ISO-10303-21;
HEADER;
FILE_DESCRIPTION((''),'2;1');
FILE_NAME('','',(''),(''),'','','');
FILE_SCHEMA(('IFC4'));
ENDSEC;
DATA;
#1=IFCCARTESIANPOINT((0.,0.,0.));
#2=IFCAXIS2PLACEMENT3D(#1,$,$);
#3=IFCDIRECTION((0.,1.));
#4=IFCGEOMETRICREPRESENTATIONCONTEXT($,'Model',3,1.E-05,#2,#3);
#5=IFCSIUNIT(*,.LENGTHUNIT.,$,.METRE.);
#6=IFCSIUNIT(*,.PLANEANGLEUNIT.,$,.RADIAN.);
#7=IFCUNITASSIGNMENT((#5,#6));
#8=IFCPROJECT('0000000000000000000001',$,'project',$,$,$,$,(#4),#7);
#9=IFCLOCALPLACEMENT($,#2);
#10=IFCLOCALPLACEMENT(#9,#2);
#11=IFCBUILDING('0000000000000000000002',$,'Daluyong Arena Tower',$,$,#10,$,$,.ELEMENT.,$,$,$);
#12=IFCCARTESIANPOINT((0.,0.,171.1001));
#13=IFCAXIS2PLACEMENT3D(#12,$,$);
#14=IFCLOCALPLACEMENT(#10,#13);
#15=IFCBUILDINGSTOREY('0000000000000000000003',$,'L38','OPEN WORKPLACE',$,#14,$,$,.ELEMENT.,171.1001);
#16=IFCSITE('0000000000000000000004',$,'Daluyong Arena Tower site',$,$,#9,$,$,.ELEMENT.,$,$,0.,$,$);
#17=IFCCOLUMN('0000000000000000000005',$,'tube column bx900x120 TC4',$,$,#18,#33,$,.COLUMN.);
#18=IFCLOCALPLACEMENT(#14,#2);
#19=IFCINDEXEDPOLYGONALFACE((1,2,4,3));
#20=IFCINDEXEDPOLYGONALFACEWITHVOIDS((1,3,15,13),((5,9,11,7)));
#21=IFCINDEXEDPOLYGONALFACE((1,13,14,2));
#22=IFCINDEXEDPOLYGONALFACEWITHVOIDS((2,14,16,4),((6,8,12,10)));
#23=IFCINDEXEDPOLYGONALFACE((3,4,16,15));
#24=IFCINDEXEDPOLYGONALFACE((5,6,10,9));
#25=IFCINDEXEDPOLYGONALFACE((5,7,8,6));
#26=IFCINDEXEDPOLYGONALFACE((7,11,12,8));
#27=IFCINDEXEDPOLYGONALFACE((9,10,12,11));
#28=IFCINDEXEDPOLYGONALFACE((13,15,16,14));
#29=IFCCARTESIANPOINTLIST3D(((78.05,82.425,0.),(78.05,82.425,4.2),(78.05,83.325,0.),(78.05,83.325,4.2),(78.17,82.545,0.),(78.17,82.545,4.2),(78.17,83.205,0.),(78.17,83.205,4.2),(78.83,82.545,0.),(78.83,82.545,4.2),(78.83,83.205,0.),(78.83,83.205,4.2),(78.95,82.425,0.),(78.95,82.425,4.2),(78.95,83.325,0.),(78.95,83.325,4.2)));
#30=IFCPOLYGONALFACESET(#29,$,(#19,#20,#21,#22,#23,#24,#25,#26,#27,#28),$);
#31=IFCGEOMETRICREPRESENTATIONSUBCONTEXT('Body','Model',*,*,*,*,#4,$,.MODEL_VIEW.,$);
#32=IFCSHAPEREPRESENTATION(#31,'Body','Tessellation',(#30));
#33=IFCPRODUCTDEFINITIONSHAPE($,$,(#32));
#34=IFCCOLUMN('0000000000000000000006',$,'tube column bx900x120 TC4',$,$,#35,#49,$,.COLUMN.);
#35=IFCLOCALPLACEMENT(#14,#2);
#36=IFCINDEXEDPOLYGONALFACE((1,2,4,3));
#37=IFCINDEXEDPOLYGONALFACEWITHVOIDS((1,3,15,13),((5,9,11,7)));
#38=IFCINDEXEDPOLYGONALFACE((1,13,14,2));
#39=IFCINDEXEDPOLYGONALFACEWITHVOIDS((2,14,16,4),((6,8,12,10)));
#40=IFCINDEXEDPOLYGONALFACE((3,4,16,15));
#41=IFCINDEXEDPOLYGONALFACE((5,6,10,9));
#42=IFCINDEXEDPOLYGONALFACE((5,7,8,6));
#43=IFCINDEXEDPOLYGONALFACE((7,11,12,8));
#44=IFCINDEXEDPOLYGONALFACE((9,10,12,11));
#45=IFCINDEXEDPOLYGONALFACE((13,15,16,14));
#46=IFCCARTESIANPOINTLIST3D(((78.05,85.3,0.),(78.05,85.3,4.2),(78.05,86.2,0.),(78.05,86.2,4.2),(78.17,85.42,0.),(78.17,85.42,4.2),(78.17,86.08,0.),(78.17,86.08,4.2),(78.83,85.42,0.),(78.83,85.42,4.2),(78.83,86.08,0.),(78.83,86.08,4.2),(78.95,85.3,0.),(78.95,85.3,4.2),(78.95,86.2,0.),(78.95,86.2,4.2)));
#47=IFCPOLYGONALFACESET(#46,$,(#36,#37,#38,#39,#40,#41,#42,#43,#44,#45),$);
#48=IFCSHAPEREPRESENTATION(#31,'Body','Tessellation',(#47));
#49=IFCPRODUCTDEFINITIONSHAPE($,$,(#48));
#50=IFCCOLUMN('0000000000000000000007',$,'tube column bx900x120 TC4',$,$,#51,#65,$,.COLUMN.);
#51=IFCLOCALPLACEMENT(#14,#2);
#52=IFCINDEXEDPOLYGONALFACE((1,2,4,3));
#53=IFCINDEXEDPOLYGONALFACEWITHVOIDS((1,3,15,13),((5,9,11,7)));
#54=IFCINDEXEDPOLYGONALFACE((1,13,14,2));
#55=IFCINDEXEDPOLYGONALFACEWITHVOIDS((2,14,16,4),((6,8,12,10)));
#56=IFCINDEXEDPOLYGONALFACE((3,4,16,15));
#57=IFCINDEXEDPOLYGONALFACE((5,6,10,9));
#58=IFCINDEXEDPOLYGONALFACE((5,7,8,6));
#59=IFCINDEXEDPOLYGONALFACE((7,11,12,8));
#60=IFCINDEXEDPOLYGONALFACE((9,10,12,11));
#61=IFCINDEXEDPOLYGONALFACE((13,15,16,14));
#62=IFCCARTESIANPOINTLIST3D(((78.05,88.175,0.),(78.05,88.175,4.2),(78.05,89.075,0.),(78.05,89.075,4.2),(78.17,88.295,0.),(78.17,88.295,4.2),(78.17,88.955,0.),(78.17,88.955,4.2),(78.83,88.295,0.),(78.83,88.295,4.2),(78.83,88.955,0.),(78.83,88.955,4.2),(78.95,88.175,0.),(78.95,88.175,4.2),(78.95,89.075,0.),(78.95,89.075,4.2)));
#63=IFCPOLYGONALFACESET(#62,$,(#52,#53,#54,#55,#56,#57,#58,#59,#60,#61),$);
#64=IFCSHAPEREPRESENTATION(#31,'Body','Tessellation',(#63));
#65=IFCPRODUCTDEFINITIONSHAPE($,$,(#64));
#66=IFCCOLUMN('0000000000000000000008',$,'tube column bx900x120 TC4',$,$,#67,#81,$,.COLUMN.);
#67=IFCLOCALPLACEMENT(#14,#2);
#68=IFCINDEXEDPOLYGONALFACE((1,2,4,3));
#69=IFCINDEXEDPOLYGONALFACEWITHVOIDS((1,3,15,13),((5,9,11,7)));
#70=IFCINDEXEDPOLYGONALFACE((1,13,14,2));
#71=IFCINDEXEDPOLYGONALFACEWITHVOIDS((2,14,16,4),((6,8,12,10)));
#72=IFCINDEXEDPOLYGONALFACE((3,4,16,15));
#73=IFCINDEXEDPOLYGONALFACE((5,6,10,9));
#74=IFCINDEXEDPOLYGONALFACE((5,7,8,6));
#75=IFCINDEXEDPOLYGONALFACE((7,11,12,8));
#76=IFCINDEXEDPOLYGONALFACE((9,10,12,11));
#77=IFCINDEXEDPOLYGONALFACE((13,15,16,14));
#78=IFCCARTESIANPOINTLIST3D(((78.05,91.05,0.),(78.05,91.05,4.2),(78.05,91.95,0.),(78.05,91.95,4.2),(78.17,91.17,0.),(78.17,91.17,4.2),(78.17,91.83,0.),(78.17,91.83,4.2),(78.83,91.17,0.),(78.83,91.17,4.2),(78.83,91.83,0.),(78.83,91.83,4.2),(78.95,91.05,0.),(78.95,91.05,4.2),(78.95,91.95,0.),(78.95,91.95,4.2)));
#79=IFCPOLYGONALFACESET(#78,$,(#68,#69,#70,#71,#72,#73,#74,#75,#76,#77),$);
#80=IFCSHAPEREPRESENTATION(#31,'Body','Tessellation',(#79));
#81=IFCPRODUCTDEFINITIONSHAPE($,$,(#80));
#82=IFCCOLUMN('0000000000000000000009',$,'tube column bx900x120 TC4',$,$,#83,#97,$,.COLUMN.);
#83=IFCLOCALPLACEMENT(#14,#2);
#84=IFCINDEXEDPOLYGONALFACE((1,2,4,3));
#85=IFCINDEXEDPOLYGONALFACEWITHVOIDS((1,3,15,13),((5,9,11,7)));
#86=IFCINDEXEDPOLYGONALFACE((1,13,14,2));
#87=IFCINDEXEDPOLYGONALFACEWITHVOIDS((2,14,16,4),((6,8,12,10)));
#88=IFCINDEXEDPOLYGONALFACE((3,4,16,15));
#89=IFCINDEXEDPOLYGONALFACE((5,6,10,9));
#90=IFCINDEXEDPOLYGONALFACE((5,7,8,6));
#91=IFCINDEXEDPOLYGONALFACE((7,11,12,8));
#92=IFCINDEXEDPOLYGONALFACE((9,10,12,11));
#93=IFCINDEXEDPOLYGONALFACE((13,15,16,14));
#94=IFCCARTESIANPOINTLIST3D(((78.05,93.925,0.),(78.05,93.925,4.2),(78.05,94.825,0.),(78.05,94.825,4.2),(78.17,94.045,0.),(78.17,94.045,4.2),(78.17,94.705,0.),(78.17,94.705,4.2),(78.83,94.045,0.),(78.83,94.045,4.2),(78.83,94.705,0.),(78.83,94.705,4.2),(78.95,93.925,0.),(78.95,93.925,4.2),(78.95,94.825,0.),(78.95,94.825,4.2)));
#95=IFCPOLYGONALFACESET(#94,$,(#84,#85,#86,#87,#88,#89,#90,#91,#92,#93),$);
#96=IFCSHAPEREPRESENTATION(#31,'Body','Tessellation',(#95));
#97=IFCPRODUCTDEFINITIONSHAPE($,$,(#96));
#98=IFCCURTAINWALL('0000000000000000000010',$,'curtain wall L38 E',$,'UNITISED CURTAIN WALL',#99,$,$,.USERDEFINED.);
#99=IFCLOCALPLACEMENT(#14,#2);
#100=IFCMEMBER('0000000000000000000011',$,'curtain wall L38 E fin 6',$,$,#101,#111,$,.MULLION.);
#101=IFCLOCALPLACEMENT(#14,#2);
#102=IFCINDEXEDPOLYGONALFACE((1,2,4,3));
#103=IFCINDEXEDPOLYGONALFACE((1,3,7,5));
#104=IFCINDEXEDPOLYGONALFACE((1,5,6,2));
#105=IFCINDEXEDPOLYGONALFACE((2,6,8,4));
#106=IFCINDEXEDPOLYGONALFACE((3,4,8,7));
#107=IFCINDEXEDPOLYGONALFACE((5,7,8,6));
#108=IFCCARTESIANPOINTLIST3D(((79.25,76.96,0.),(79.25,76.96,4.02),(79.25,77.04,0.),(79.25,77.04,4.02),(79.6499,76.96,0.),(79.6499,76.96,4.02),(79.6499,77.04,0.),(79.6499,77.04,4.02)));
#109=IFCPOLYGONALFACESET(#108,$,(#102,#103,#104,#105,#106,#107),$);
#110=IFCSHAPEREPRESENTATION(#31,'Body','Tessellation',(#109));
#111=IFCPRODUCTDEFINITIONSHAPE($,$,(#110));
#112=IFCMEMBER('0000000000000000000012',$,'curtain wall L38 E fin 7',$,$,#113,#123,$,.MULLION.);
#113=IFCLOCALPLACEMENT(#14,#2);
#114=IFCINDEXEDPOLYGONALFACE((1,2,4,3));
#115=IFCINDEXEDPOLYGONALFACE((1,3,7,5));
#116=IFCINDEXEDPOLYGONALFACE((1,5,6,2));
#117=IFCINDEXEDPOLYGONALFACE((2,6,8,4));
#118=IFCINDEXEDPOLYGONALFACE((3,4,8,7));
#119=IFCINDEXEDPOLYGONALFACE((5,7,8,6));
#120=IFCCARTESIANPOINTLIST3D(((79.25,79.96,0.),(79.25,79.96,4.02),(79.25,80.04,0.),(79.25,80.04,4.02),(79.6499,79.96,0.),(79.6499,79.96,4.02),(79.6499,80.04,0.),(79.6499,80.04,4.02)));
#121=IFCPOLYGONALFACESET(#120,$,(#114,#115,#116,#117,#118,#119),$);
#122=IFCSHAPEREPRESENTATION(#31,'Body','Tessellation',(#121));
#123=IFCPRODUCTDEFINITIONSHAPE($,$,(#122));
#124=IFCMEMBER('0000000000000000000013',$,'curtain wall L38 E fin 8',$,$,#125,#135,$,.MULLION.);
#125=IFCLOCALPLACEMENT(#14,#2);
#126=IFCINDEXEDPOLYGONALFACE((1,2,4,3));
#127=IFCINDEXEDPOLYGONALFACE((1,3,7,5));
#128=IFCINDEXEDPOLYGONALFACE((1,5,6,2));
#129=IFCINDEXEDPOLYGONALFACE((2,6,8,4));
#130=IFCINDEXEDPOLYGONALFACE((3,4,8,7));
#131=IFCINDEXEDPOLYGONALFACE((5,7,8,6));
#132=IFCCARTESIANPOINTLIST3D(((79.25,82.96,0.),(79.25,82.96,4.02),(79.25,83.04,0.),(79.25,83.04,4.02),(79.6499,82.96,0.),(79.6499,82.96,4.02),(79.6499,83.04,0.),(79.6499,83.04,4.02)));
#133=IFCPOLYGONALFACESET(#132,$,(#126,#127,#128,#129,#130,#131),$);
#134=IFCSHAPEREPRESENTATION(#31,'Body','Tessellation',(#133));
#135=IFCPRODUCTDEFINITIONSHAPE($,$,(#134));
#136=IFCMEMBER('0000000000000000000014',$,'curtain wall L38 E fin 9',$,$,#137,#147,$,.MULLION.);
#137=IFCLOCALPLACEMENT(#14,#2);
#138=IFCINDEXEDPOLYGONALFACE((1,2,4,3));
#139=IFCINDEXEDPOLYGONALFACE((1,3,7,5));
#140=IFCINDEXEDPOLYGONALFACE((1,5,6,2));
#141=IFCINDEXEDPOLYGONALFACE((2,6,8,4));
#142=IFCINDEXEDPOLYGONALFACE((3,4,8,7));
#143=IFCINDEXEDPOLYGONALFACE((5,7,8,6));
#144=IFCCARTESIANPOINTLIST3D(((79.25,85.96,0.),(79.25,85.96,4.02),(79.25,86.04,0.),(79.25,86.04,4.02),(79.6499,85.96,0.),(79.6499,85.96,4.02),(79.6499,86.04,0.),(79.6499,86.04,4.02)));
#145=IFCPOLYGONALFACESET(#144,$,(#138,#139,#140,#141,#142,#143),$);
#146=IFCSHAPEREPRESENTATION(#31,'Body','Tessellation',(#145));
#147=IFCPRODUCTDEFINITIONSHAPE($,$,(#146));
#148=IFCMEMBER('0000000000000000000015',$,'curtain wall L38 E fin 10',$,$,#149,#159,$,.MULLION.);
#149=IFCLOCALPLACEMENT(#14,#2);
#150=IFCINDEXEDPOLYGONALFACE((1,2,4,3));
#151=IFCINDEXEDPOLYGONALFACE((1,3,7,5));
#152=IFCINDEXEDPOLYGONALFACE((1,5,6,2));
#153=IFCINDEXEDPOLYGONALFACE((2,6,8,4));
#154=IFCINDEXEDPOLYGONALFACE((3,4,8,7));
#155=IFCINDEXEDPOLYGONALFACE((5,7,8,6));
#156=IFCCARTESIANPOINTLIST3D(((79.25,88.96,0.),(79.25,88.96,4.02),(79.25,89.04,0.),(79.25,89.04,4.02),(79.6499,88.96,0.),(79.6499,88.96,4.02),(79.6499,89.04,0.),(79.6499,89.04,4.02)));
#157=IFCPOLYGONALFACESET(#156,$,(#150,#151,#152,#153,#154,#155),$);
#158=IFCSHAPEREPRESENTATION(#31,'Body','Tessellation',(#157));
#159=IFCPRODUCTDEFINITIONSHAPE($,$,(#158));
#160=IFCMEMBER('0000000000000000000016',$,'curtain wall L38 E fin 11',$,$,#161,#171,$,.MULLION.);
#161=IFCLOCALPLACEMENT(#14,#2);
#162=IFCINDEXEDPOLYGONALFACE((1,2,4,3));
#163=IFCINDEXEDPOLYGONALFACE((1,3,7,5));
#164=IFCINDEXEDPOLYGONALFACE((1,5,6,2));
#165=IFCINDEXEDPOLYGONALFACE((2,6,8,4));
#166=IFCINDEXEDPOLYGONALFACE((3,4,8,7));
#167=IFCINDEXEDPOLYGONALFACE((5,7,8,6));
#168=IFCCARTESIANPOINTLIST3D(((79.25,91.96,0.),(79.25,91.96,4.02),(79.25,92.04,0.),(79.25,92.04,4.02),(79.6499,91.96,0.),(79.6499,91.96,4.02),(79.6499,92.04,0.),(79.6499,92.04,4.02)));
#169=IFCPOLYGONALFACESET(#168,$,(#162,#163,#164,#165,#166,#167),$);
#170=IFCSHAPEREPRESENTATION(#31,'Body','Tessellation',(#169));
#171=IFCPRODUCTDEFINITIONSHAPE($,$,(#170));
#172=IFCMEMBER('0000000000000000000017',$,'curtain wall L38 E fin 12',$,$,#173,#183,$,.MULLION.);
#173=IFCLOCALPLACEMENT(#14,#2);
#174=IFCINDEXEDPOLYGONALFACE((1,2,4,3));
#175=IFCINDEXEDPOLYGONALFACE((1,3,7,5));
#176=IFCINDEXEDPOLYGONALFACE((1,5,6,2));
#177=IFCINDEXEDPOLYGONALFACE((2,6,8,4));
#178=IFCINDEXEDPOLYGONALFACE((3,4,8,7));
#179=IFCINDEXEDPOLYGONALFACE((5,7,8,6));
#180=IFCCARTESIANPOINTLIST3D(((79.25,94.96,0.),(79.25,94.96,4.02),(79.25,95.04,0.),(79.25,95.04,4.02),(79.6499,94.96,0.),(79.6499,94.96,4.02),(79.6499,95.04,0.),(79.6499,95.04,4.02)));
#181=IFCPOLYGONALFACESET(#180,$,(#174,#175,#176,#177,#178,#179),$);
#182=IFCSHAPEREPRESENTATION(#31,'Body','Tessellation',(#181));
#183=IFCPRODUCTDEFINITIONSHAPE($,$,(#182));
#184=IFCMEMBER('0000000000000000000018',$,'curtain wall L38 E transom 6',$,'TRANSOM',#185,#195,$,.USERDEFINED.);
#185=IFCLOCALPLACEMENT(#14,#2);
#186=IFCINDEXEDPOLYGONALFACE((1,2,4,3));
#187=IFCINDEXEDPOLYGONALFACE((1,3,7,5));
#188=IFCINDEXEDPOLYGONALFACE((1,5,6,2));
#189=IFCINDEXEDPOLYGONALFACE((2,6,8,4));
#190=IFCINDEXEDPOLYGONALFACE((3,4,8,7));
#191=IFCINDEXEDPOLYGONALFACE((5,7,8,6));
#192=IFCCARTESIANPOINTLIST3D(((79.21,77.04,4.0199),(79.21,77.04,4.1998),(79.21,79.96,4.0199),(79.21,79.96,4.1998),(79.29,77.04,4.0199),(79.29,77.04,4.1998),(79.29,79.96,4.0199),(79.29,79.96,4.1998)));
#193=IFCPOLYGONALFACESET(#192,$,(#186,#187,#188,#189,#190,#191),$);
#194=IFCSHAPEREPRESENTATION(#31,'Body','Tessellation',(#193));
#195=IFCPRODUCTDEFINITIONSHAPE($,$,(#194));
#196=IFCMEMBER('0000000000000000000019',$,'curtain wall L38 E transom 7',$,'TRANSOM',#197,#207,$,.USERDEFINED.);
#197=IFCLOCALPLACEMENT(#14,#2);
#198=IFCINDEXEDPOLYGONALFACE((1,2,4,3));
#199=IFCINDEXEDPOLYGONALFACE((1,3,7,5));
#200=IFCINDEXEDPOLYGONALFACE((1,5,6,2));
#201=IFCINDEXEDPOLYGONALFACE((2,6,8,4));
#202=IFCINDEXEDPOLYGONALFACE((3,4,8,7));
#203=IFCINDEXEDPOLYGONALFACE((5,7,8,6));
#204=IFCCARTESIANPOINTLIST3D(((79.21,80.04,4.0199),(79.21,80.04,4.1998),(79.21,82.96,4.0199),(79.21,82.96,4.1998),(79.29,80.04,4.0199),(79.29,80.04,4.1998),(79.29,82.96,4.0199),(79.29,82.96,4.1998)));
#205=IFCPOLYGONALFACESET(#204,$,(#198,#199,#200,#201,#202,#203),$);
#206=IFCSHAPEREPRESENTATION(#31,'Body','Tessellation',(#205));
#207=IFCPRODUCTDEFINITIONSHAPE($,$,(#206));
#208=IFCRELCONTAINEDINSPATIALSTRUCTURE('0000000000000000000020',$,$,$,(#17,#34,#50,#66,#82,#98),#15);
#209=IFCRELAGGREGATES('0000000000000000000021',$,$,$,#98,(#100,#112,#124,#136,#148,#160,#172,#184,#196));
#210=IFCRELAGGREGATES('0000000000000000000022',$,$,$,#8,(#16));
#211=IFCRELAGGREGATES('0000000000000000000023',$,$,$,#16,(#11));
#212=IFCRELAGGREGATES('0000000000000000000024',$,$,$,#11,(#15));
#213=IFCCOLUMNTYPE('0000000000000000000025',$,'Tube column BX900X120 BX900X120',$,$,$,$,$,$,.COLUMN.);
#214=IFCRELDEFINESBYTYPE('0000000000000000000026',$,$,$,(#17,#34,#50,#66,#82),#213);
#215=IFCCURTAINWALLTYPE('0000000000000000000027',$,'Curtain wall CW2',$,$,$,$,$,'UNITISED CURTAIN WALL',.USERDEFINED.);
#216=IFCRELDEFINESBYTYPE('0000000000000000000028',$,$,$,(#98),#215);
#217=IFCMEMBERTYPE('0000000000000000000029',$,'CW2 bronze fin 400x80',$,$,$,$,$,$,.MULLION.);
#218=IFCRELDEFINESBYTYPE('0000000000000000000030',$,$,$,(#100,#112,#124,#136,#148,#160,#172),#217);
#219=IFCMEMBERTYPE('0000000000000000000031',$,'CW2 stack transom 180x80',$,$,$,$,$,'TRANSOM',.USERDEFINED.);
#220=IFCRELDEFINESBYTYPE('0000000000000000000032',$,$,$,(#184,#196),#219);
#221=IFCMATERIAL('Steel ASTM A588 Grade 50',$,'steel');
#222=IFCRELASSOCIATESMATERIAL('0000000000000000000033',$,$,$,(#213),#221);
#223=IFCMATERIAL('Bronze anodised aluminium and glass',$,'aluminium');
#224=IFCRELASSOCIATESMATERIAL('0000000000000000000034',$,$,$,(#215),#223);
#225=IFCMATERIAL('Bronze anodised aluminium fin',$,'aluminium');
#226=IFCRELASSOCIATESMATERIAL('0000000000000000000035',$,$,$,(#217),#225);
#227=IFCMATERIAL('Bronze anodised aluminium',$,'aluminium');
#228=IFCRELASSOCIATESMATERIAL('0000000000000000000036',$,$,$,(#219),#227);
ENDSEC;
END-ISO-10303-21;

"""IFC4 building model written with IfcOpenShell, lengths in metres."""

from ifc_helpers import new_model, si_unit, direction, frame, origin, origin_2d, place, context, subcontext, project, spatial, rectangle, hollow_rectangle, extrude, material, material_profile, profile_set, type_object, element, aggregate, save


model = new_model("IFC4")

# Units and contexts
model_context = context("Model", 3, precision=1e-05, world=origin(), true_north=direction((0.0, 1.0)))
body_context = subcontext(model_context, "Body", "Model", "MODEL_VIEW")
ifc_project = project(units=[si_unit("LENGTHUNIT", "METRE"), si_unit("PLANEANGLEUNIT", "RADIAN")], contexts=[model_context])

# Site, building, storey
site_placement = place(None, origin())
site = spatial("IfcSite", under=ifc_project, at=site_placement, Name="Daluyong Arena Tower site", CompositionType="ELEMENT", RefElevation=0.0)
building_placement = place(site_placement, origin())
building = spatial("IfcBuilding", under=site, at=building_placement, Name="Daluyong Arena Tower", CompositionType="ELEMENT")
storey_placement = place(building_placement, frame((0.0, 0.0, 171.1001)))
storey = spatial("IfcBuildingStorey", under=building, at=storey_placement, Name="L38", Description="OPEN WORKPLACE", CompositionType="ELEMENT", Elevation=171.1001)

# Columns
ifc_material_1 = material(Name="Steel ASTM A588 Grade 50", Category="steel")
ifc_material_profile_1 = material_profile(ifc_material_1, hollow_rectangle(XDim=0.8999, YDim=0.8999, WallThickness=0.12, at=origin_2d()))
ifc_profile_set_1 = profile_set([ifc_material_profile_1], Name="Steel ASTM A588 Grade 50")
column_type = type_object("IfcColumnType", Name="Tube column BX900X120 BX900X120", PredefinedType="COLUMN", material=ifc_profile_set_1)
for number, where, z_axis, x_axis, name in (
    (1, (78.5, 82.875, 0.0), (0.0, 0.0, 1.0), (0.0, 1.0, 0.0), "tube column bx900x120 TC4"),
    (2, (78.5, 85.75, 0.0), (0.0, 0.0, 1.0), (0.0, 1.0, 0.0), "tube column bx900x120 TC4"),
    (3, (78.5, 88.625, 0.0), (0.0, 0.0, 1.0), (0.0, 1.0, 0.0), "tube column bx900x120 TC4"),
    (4, (78.5, 91.5, 0.0), (0.0, 0.0, 1.0), (0.0, 1.0, 0.0), "tube column bx900x120 TC4"),
    (5, (78.5, 94.375, 0.0), (0.0, 0.0, 1.0), (0.0, 1.0, 0.0), "tube column bx900x120 TC4"),
):
    element("IfcColumn", number, at=place(storey_placement, frame(where, z_axis=z_axis, x_axis=x_axis)), inside=storey, type_object=column_type, Name=name, PredefinedType="COLUMN", context=body_context, shape_type="SweptSolid", body=[
        extrude(hollow_rectangle(XDim=0.8999, YDim=0.8999, WallThickness=0.12, at=origin_2d()), origin(), (0.0, 0.0, 1.0), 4.2),
    ])

# Curtain wall, members
ifc_material_2 = material(Name="Bronze anodised aluminium and glass", Category="aluminium")
curtain_wall_type = type_object("IfcCurtainWallType", Name="Curtain wall CW2", ElementType="UNITISED CURTAIN WALL", PredefinedType="USERDEFINED", material=ifc_material_2)
curtain_wall_placement = place(storey_placement, origin())
curtain_wall = element("IfcCurtainWall", 6, at=curtain_wall_placement, inside=storey, type_object=curtain_wall_type, Name="curtain wall L38 E", ObjectType="UNITISED CURTAIN WALL", PredefinedType="USERDEFINED")
ifc_material_3 = material(Name="Bronze anodised aluminium fin", Category="aluminium")
ifc_material_profile_2 = material_profile(ifc_material_3, rectangle(XDim=0.3999, YDim=0.0801, at=origin_2d()))
ifc_profile_set_2 = profile_set([ifc_material_profile_2], Name="Bronze anodised aluminium fin")
member_type_1 = type_object("IfcMemberType", Name="CW2 bronze fin 400x80", PredefinedType="MULLION", material=ifc_profile_set_2)
member_1_placement = place(storey_placement, frame((79.45, 77.0, 0.0), z_axis=(0.0, 0.0, 1.0), x_axis=(-1.0, 0.0, 0.0)))
member_1 = element("IfcMember", 7, at=member_1_placement, type_object=member_type_1, Name="curtain wall L38 E fin 6", PredefinedType="MULLION", context=body_context, shape_type="SweptSolid", body=[
    extrude(rectangle(XDim=0.3999, YDim=0.0801, at=origin_2d()), origin(), (0.0, 0.0, 1.0), 4.02),
])
member_2_placement = place(storey_placement, frame((79.45, 80.0, 0.0), z_axis=(0.0, 0.0, 1.0), x_axis=(-1.0, 0.0, 0.0)))
member_2 = element("IfcMember", 8, at=member_2_placement, type_object=member_type_1, Name="curtain wall L38 E fin 7", PredefinedType="MULLION", context=body_context, shape_type="SweptSolid", body=[
    extrude(rectangle(XDim=0.3999, YDim=0.0801, at=origin_2d()), origin(), (0.0, 0.0, 1.0), 4.02),
])
member_3_placement = place(storey_placement, frame((79.45, 83.0, 0.0), z_axis=(0.0, 0.0, 1.0), x_axis=(-1.0, 0.0, 0.0)))
member_3 = element("IfcMember", 9, at=member_3_placement, type_object=member_type_1, Name="curtain wall L38 E fin 8", PredefinedType="MULLION", context=body_context, shape_type="SweptSolid", body=[
    extrude(rectangle(XDim=0.3999, YDim=0.0801, at=origin_2d()), origin(), (0.0, 0.0, 1.0), 4.02),
])
member_4_placement = place(storey_placement, frame((79.45, 86.0, 0.0), z_axis=(0.0, 0.0, 1.0), x_axis=(-1.0, 0.0, 0.0)))
member_4 = element("IfcMember", 10, at=member_4_placement, type_object=member_type_1, Name="curtain wall L38 E fin 9", PredefinedType="MULLION", context=body_context, shape_type="SweptSolid", body=[
    extrude(rectangle(XDim=0.3999, YDim=0.0801, at=origin_2d()), origin(), (0.0, 0.0, 1.0), 4.02),
])
member_5_placement = place(storey_placement, frame((79.45, 89.0, 0.0), z_axis=(0.0, 0.0, 1.0), x_axis=(-1.0, 0.0, 0.0)))
member_5 = element("IfcMember", 11, at=member_5_placement, type_object=member_type_1, Name="curtain wall L38 E fin 10", PredefinedType="MULLION", context=body_context, shape_type="SweptSolid", body=[
    extrude(rectangle(XDim=0.3999, YDim=0.0801, at=origin_2d()), origin(), (0.0, 0.0, 1.0), 4.02),
])
member_6_placement = place(storey_placement, frame((79.45, 92.0, 0.0), z_axis=(0.0, 0.0, 1.0), x_axis=(-1.0, 0.0, 0.0)))
member_6 = element("IfcMember", 12, at=member_6_placement, type_object=member_type_1, Name="curtain wall L38 E fin 11", PredefinedType="MULLION", context=body_context, shape_type="SweptSolid", body=[
    extrude(rectangle(XDim=0.3999, YDim=0.0801, at=origin_2d()), origin(), (0.0, 0.0, 1.0), 4.02),
])
member_7_placement = place(storey_placement, frame((79.45, 95.0, 0.0), z_axis=(0.0, 0.0, 1.0), x_axis=(-1.0, 0.0, 0.0)))
member_7 = element("IfcMember", 13, at=member_7_placement, type_object=member_type_1, Name="curtain wall L38 E fin 12", PredefinedType="MULLION", context=body_context, shape_type="SweptSolid", body=[
    extrude(rectangle(XDim=0.3999, YDim=0.0801, at=origin_2d()), origin(), (0.0, 0.0, 1.0), 4.02),
])
ifc_material_4 = material(Name="Bronze anodised aluminium", Category="aluminium")
ifc_material_profile_3 = material_profile(ifc_material_4, rectangle(XDim=0.0801, YDim=0.1799, at=origin_2d()))
ifc_profile_set_3 = profile_set([ifc_material_profile_3], Name="Bronze anodised aluminium")
member_type_2 = type_object("IfcMemberType", Name="CW2 stack transom 180x80", ElementType="TRANSOM", PredefinedType="USERDEFINED", material=ifc_profile_set_3)
member_8_placement = place(storey_placement, frame((79.25, 77.04, 4.1099), z_axis=(0.0, 1.0, 0.0), x_axis=(-1.0, 0.0, 0.0)))
member_8 = element("IfcMember", 14, at=member_8_placement, type_object=member_type_2, Name="curtain wall L38 E transom 6", ObjectType="TRANSOM", PredefinedType="USERDEFINED", context=body_context, shape_type="SweptSolid", body=[
    extrude(rectangle(XDim=0.0801, YDim=0.1799, at=origin_2d()), origin(), (0.0, 0.0, 1.0), 2.9199),
])
member_9_placement = place(storey_placement, frame((79.25, 80.04, 4.1099), z_axis=(0.0, 1.0, 0.0), x_axis=(-1.0, 0.0, 0.0)))
member_9 = element("IfcMember", 15, at=member_9_placement, type_object=member_type_2, Name="curtain wall L38 E transom 7", ObjectType="TRANSOM", PredefinedType="USERDEFINED", context=body_context, shape_type="SweptSolid", body=[
    extrude(rectangle(XDim=0.0801, YDim=0.1799, at=origin_2d()), origin(), (0.0, 0.0, 1.0), 2.9199),
])

aggregate(curtain_wall, [member_1, member_2, member_3, member_4, member_5, member_6, member_7, member_8, member_9])

save(model, "model.ifc")
